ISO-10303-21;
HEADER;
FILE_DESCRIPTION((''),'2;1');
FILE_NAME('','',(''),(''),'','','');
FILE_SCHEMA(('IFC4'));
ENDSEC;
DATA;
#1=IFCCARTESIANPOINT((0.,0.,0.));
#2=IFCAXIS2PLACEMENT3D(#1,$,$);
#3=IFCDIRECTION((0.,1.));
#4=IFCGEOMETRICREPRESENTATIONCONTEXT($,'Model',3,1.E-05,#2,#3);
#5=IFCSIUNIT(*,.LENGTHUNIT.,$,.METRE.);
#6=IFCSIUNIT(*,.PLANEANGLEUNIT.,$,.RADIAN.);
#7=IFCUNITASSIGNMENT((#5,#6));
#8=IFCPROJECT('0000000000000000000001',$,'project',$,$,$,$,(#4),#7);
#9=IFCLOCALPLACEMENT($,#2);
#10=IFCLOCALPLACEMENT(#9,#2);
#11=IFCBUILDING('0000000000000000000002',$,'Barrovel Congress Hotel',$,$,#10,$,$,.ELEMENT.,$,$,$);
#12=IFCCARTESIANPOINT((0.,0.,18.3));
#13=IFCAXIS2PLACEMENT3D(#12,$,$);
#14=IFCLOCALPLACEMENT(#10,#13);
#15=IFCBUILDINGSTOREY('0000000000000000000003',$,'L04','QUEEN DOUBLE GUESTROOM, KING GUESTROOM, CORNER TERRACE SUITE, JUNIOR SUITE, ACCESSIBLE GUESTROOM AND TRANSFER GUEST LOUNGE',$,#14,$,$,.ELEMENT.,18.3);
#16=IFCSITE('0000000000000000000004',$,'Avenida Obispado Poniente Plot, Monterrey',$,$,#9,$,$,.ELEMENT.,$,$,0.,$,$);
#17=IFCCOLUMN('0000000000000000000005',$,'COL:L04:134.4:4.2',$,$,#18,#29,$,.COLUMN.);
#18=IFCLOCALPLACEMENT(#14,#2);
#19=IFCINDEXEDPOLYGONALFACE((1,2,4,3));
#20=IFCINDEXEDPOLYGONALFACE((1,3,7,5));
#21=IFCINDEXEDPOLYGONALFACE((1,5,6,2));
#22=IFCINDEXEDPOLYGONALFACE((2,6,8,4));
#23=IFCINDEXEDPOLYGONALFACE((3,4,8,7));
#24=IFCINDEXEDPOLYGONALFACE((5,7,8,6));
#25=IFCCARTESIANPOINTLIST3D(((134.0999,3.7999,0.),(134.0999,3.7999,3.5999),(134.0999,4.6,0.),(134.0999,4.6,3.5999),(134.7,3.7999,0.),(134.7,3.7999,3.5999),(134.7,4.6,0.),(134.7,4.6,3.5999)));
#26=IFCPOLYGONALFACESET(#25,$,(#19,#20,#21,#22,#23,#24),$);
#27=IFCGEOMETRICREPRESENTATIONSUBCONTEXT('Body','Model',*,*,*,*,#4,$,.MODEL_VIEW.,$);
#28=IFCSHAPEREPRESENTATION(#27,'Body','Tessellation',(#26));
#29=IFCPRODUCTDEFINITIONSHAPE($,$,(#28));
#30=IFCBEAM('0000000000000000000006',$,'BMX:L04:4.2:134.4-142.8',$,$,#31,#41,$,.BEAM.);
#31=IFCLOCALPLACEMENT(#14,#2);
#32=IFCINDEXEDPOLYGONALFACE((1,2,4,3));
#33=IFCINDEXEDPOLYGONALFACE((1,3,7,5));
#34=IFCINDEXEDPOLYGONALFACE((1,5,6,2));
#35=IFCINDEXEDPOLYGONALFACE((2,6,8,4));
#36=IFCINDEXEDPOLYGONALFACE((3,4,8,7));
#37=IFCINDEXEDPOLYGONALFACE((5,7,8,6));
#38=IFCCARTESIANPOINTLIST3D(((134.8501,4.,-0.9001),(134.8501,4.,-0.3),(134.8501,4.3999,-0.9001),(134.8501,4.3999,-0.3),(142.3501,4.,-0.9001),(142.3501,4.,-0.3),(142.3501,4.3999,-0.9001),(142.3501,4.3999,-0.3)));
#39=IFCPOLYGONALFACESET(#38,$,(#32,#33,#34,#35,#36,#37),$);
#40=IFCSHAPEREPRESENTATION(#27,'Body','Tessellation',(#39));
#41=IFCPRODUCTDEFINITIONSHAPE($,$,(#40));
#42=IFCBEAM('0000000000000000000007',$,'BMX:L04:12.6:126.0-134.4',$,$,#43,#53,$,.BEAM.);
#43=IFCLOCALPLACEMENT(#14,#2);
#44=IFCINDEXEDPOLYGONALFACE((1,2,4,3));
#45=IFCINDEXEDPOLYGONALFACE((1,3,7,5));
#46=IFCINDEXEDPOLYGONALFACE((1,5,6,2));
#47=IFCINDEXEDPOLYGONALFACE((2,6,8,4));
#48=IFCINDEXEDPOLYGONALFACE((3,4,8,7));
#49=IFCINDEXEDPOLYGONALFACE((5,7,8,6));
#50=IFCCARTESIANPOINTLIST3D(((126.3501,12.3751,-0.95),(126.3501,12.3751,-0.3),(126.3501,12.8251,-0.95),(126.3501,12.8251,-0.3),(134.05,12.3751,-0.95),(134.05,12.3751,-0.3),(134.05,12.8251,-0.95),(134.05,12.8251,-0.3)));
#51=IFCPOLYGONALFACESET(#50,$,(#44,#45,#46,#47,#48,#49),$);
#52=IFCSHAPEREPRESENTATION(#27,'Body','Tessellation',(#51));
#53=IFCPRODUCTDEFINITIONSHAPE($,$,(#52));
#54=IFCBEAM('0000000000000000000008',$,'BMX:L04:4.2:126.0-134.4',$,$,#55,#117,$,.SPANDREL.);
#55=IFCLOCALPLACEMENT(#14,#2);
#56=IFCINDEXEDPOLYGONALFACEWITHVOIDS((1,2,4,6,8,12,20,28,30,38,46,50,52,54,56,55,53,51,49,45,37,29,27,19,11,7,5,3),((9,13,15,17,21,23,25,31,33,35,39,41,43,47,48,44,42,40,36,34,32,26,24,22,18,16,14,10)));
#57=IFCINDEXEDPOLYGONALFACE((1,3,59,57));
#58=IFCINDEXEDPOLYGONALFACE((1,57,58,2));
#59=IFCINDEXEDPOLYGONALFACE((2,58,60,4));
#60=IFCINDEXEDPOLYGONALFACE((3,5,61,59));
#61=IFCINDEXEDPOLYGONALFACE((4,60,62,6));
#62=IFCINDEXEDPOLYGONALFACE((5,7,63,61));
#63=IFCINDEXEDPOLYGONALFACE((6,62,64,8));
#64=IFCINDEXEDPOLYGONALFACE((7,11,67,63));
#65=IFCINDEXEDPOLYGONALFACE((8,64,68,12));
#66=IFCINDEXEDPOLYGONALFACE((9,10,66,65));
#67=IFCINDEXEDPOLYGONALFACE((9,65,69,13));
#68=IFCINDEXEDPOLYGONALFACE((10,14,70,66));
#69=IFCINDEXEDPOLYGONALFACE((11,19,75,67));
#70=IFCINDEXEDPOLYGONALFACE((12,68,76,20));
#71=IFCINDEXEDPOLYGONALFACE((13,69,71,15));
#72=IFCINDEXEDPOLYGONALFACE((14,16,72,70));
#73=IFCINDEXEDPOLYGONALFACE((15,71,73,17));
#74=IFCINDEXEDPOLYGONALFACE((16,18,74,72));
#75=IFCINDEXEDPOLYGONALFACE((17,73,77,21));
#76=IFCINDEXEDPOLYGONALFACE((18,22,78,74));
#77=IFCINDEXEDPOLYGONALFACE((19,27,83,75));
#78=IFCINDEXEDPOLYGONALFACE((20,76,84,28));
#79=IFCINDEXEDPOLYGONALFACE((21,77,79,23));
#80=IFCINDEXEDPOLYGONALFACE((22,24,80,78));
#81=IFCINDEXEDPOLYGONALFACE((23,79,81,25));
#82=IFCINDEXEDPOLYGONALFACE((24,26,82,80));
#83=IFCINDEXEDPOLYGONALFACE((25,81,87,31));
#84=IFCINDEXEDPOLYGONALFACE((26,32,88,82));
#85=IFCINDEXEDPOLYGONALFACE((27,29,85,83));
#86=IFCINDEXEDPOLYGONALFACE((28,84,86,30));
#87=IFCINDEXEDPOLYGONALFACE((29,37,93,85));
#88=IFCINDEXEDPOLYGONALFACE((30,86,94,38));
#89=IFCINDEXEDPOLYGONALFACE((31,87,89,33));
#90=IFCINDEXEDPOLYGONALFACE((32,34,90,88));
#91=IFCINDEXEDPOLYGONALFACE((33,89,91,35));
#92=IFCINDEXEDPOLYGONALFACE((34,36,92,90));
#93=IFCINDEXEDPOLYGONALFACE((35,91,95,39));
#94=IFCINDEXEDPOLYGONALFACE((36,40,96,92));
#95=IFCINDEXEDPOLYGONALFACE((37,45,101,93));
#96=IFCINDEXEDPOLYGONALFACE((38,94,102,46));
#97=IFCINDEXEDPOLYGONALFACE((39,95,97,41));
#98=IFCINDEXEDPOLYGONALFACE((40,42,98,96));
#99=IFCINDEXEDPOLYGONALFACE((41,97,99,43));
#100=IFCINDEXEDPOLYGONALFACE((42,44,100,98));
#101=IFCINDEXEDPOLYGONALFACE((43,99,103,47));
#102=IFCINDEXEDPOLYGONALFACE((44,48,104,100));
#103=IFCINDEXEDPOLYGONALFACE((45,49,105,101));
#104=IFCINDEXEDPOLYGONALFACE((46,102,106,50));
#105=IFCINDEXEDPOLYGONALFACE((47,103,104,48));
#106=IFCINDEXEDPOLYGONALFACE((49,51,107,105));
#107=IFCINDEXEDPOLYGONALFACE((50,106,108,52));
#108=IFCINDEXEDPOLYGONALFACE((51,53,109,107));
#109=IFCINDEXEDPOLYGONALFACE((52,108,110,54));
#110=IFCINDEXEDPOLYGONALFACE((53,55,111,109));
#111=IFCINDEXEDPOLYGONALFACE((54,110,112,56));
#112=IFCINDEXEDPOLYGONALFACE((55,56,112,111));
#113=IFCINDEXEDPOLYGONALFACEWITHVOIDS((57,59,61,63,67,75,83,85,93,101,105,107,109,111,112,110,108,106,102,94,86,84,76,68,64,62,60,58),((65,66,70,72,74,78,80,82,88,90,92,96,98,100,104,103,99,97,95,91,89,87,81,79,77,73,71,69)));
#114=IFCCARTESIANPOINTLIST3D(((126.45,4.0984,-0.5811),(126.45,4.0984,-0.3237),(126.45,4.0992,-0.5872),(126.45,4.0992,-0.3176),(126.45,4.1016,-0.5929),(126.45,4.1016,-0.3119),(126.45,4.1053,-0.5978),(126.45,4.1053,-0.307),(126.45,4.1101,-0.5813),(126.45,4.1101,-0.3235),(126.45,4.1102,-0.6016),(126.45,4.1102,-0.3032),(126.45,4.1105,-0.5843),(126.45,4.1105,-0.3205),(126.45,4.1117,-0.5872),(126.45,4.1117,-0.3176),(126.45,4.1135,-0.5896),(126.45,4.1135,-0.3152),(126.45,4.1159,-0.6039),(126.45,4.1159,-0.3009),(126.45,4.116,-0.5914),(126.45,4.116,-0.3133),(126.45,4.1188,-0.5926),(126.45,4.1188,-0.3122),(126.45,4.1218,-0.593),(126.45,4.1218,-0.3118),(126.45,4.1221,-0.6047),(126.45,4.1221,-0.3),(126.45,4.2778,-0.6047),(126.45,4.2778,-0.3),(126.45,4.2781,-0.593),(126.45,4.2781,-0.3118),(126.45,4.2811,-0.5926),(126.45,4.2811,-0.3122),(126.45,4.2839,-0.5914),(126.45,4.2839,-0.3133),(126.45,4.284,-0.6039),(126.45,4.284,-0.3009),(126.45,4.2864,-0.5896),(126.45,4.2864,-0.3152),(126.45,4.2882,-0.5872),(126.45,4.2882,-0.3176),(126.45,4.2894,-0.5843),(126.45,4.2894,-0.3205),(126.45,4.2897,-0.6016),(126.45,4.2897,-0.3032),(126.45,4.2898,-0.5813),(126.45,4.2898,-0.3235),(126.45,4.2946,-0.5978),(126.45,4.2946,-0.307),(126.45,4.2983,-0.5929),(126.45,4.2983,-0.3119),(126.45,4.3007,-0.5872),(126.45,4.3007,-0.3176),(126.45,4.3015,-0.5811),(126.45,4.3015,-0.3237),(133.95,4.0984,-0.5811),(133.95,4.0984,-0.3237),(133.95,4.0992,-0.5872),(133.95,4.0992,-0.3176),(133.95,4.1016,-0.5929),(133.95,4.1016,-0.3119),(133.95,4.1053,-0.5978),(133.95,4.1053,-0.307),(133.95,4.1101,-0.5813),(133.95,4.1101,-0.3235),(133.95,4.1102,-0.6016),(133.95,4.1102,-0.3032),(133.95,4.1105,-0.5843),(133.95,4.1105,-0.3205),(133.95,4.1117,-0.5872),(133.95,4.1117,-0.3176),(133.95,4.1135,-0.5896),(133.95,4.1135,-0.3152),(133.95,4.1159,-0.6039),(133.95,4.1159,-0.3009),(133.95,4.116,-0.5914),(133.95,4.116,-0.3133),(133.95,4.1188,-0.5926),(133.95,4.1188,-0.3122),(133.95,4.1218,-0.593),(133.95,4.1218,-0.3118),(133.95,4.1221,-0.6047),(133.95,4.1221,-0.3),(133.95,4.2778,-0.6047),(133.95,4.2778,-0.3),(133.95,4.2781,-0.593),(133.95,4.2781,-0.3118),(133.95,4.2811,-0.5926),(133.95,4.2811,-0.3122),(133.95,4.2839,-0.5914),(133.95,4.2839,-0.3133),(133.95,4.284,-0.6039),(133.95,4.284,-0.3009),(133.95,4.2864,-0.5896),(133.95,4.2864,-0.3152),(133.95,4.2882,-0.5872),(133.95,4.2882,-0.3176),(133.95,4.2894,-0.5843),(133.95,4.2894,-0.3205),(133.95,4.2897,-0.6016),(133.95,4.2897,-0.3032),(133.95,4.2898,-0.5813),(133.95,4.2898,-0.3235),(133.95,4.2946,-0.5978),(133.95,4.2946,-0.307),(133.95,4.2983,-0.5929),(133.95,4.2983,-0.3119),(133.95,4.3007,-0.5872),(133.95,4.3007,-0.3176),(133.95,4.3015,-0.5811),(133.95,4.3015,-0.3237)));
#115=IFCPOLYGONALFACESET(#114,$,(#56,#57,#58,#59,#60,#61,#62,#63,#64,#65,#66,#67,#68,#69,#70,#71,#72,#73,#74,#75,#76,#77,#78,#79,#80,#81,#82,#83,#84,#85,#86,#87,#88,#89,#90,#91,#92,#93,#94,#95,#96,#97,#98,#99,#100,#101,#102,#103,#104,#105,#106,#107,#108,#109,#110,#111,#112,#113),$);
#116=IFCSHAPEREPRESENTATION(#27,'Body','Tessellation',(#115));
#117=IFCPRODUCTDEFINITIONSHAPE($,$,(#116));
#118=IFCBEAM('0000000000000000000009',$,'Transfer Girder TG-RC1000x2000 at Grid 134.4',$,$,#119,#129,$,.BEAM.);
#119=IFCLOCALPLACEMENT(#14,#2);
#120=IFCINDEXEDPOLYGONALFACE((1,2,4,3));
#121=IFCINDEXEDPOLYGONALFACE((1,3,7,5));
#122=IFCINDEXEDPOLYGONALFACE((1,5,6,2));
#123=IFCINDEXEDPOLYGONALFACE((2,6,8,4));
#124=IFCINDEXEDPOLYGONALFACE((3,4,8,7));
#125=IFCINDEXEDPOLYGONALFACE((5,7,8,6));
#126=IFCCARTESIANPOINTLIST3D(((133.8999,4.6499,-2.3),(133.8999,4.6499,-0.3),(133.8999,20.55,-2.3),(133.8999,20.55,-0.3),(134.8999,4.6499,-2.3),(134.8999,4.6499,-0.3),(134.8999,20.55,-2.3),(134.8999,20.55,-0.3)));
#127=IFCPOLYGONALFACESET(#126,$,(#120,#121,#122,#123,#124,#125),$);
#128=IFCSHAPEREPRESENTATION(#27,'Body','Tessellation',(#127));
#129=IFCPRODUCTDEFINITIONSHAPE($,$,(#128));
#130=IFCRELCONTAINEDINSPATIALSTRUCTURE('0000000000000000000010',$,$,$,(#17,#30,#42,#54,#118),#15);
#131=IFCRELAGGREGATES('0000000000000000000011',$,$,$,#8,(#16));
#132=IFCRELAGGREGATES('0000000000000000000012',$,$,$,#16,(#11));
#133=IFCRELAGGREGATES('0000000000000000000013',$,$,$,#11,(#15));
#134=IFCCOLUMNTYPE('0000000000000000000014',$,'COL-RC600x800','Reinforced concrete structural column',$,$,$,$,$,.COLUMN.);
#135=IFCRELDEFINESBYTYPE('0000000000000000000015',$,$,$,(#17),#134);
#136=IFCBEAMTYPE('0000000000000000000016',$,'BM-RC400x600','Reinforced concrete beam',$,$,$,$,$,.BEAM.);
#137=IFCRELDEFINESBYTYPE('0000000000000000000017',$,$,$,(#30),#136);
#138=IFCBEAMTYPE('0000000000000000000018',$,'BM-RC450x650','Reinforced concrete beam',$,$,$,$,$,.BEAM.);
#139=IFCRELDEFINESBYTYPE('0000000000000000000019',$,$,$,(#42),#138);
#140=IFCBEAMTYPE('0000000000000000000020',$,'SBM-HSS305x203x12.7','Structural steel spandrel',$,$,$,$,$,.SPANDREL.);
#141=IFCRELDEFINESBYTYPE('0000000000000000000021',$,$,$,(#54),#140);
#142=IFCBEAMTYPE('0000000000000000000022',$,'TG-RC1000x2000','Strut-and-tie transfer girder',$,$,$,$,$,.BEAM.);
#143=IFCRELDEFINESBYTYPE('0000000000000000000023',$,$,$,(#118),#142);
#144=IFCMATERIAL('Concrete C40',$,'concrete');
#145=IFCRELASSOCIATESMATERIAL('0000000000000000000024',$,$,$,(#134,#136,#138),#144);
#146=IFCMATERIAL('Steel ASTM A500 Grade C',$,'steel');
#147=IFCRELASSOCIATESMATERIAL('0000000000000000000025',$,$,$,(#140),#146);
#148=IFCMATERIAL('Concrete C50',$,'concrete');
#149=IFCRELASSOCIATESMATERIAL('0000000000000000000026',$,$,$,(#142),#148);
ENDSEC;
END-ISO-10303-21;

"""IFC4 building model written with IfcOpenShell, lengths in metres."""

from ifc_helpers import new_model, si_unit, direction, frame, origin, origin_2d, place, context, subcontext, project, spatial, rectangle, hollow_rectangle, extrude, material, material_profile, profile_set, type_object, element, save


model = new_model("IFC4")

# Units and contexts
model_context = context("Model", 3, precision=1e-05, world=origin(), true_north=direction((0.0, 1.0)))
body_context = subcontext(model_context, "Body", "Model", "MODEL_VIEW")
ifc_project = project(units=[si_unit("LENGTHUNIT", "METRE"), si_unit("PLANEANGLEUNIT", "RADIAN")], contexts=[model_context])

# Site, building, storey
site_placement = place(None, origin())
site = spatial("IfcSite", under=ifc_project, at=site_placement, Name="Avenida Obispado Poniente Plot, Monterrey", CompositionType="ELEMENT", RefElevation=0.0)
building_placement = place(site_placement, origin())
building = spatial("IfcBuilding", under=site, at=building_placement, Name="Barrovel Congress Hotel", CompositionType="ELEMENT")
storey_placement = place(building_placement, frame((0.0, 0.0, 18.3)))
storey = spatial("IfcBuildingStorey", under=building, at=storey_placement, Name="L04", Description="QUEEN DOUBLE GUESTROOM, KING GUESTROOM, CORNER TERRACE SUITE, JUNIOR SUITE, ACCESSIBLE GUESTROOM AND TRANSFER GUEST LOUNGE", CompositionType="ELEMENT", Elevation=18.3)

# Column
ifc_material_1 = material(Name="Concrete C40", Category="concrete")
ifc_material_profile_1 = material_profile(ifc_material_1, rectangle(XDim=0.6001, YDim=0.8, at=origin_2d()), Name="RC600x800")
ifc_profile_set_1 = profile_set([ifc_material_profile_1], Name="Concrete C40")
column_type = type_object("IfcColumnType", Name="COL-RC600x800", Description="Reinforced concrete structural column", PredefinedType="COLUMN", material=ifc_profile_set_1)
column_placement = place(storey_placement, frame((134.3999, 4.2, 0.0), z_axis=(0.0, 0.0, 1.0), x_axis=(1.0, 0.0, 0.0)))
element("IfcColumn", 1, at=column_placement, inside=storey, type_object=column_type, Name="COL:L04:134.4:4.2", PredefinedType="COLUMN", context=body_context, shape_type="SweptSolid", body=[
    extrude(rectangle(XDim=0.6001, YDim=0.8, at=origin_2d()), origin(), (0.0, 0.0, 1.0), 3.5999),
])

# Beams
ifc_material_profile_2 = material_profile(ifc_material_1, rectangle(XDim=0.3999, YDim=0.6001, at=origin_2d()), Name="RC400x600")
ifc_profile_set_2 = profile_set([ifc_material_profile_2], Name="Concrete C40")
beam_type_1 = type_object("IfcBeamType", Name="BM-RC400x600", Description="Reinforced concrete beam", PredefinedType="BEAM", material=ifc_profile_set_2)
beam_1_placement = place(storey_placement, frame((134.8501, 4.2, -0.6001), z_axis=(1.0, 0.0, 0.0), x_axis=(0.0, 1.0, 0.0)))
element("IfcBeam", 2, at=beam_1_placement, inside=storey, type_object=beam_type_1, Name="BMX:L04:4.2:134.4-142.8", PredefinedType="BEAM", context=body_context, shape_type="SweptSolid", body=[
    extrude(rectangle(XDim=0.3999, YDim=0.6001, at=origin_2d()), origin(), (0.0, 0.0, 1.0), 7.5),
])
ifc_material_profile_3 = material_profile(ifc_material_1, rectangle(XDim=0.45, YDim=0.6499, at=origin_2d()), Name="RC450x650")
ifc_profile_set_3 = profile_set([ifc_material_profile_3], Name="Concrete C40")
beam_type_2 = type_object("IfcBeamType", Name="BM-RC450x650", Description="Reinforced concrete beam", PredefinedType="BEAM", material=ifc_profile_set_3)
beam_2_placement = place(storey_placement, frame((126.3501, 12.6001, -0.625), z_axis=(1.0, 0.0, 0.0), x_axis=(0.0, 1.0, 0.0)))
element("IfcBeam", 3, at=beam_2_placement, inside=storey, type_object=beam_type_2, Name="BMX:L04:12.6:126.0-134.4", PredefinedType="BEAM", context=body_context, shape_type="SweptSolid", body=[
    extrude(rectangle(XDim=0.45, YDim=0.6499, at=origin_2d()), origin(), (0.0, 0.0, 1.0), 7.7),
])
ifc_material_2 = material(Name="Steel ASTM A500 Grade C", Category="steel")
ifc_material_profile_4 = material_profile(ifc_material_2, hollow_rectangle(XDim=0.2031, YDim=0.3047, WallThickness=0.0117, InnerFilletRadius=0.0117, OuterFilletRadius=0.0237, at=origin_2d()), Name="HSS305x203x12.7")
ifc_profile_set_4 = profile_set([ifc_material_profile_4], Name="Steel ASTM A500 Grade C")
beam_type_3 = type_object("IfcBeamType", Name="SBM-HSS305x203x12.7", Description="Structural steel spandrel", PredefinedType="SPANDREL", material=ifc_profile_set_4)
beam_3_placement = place(storey_placement, frame((126.45, 4.2, -0.4524), z_axis=(1.0, 0.0, 0.0), x_axis=(0.0, 1.0, 0.0)))
element("IfcBeam", 4, at=beam_3_placement, inside=storey, type_object=beam_type_3, Name="BMX:L04:4.2:126.0-134.4", PredefinedType="SPANDREL", context=body_context, shape_type="SweptSolid", body=[
    extrude(hollow_rectangle(XDim=0.2031, YDim=0.3047, WallThickness=0.0117, InnerFilletRadius=0.0117, OuterFilletRadius=0.0237, at=origin_2d()), origin(), (0.0, 0.0, 1.0), 7.5),
])
ifc_material_3 = material(Name="Concrete C50", Category="concrete")
ifc_material_profile_5 = material_profile(ifc_material_3, rectangle(XDim=1.0, YDim=2.0, at=origin_2d()), Name="RC1000x2000")
ifc_profile_set_5 = profile_set([ifc_material_profile_5], Name="Concrete C50")
beam_type_4 = type_object("IfcBeamType", Name="TG-RC1000x2000", Description="Strut-and-tie transfer girder", PredefinedType="BEAM", material=ifc_profile_set_5)
beam_4_placement = place(storey_placement, frame((134.3999, 4.6499, -1.3), z_axis=(0.0, 1.0, 0.0), x_axis=(-1.0, 0.0, 0.0)))
element("IfcBeam", 5, at=beam_4_placement, inside=storey, type_object=beam_type_4, Name="Transfer Girder TG-RC1000x2000 at Grid 134.4", PredefinedType="BEAM", context=body_context, shape_type="SweptSolid", body=[
    extrude(rectangle(XDim=1.0, YDim=2.0, at=origin_2d()), origin(), (0.0, 0.0, 1.0), 15.9001),
])

save(model, "model.ifc")
